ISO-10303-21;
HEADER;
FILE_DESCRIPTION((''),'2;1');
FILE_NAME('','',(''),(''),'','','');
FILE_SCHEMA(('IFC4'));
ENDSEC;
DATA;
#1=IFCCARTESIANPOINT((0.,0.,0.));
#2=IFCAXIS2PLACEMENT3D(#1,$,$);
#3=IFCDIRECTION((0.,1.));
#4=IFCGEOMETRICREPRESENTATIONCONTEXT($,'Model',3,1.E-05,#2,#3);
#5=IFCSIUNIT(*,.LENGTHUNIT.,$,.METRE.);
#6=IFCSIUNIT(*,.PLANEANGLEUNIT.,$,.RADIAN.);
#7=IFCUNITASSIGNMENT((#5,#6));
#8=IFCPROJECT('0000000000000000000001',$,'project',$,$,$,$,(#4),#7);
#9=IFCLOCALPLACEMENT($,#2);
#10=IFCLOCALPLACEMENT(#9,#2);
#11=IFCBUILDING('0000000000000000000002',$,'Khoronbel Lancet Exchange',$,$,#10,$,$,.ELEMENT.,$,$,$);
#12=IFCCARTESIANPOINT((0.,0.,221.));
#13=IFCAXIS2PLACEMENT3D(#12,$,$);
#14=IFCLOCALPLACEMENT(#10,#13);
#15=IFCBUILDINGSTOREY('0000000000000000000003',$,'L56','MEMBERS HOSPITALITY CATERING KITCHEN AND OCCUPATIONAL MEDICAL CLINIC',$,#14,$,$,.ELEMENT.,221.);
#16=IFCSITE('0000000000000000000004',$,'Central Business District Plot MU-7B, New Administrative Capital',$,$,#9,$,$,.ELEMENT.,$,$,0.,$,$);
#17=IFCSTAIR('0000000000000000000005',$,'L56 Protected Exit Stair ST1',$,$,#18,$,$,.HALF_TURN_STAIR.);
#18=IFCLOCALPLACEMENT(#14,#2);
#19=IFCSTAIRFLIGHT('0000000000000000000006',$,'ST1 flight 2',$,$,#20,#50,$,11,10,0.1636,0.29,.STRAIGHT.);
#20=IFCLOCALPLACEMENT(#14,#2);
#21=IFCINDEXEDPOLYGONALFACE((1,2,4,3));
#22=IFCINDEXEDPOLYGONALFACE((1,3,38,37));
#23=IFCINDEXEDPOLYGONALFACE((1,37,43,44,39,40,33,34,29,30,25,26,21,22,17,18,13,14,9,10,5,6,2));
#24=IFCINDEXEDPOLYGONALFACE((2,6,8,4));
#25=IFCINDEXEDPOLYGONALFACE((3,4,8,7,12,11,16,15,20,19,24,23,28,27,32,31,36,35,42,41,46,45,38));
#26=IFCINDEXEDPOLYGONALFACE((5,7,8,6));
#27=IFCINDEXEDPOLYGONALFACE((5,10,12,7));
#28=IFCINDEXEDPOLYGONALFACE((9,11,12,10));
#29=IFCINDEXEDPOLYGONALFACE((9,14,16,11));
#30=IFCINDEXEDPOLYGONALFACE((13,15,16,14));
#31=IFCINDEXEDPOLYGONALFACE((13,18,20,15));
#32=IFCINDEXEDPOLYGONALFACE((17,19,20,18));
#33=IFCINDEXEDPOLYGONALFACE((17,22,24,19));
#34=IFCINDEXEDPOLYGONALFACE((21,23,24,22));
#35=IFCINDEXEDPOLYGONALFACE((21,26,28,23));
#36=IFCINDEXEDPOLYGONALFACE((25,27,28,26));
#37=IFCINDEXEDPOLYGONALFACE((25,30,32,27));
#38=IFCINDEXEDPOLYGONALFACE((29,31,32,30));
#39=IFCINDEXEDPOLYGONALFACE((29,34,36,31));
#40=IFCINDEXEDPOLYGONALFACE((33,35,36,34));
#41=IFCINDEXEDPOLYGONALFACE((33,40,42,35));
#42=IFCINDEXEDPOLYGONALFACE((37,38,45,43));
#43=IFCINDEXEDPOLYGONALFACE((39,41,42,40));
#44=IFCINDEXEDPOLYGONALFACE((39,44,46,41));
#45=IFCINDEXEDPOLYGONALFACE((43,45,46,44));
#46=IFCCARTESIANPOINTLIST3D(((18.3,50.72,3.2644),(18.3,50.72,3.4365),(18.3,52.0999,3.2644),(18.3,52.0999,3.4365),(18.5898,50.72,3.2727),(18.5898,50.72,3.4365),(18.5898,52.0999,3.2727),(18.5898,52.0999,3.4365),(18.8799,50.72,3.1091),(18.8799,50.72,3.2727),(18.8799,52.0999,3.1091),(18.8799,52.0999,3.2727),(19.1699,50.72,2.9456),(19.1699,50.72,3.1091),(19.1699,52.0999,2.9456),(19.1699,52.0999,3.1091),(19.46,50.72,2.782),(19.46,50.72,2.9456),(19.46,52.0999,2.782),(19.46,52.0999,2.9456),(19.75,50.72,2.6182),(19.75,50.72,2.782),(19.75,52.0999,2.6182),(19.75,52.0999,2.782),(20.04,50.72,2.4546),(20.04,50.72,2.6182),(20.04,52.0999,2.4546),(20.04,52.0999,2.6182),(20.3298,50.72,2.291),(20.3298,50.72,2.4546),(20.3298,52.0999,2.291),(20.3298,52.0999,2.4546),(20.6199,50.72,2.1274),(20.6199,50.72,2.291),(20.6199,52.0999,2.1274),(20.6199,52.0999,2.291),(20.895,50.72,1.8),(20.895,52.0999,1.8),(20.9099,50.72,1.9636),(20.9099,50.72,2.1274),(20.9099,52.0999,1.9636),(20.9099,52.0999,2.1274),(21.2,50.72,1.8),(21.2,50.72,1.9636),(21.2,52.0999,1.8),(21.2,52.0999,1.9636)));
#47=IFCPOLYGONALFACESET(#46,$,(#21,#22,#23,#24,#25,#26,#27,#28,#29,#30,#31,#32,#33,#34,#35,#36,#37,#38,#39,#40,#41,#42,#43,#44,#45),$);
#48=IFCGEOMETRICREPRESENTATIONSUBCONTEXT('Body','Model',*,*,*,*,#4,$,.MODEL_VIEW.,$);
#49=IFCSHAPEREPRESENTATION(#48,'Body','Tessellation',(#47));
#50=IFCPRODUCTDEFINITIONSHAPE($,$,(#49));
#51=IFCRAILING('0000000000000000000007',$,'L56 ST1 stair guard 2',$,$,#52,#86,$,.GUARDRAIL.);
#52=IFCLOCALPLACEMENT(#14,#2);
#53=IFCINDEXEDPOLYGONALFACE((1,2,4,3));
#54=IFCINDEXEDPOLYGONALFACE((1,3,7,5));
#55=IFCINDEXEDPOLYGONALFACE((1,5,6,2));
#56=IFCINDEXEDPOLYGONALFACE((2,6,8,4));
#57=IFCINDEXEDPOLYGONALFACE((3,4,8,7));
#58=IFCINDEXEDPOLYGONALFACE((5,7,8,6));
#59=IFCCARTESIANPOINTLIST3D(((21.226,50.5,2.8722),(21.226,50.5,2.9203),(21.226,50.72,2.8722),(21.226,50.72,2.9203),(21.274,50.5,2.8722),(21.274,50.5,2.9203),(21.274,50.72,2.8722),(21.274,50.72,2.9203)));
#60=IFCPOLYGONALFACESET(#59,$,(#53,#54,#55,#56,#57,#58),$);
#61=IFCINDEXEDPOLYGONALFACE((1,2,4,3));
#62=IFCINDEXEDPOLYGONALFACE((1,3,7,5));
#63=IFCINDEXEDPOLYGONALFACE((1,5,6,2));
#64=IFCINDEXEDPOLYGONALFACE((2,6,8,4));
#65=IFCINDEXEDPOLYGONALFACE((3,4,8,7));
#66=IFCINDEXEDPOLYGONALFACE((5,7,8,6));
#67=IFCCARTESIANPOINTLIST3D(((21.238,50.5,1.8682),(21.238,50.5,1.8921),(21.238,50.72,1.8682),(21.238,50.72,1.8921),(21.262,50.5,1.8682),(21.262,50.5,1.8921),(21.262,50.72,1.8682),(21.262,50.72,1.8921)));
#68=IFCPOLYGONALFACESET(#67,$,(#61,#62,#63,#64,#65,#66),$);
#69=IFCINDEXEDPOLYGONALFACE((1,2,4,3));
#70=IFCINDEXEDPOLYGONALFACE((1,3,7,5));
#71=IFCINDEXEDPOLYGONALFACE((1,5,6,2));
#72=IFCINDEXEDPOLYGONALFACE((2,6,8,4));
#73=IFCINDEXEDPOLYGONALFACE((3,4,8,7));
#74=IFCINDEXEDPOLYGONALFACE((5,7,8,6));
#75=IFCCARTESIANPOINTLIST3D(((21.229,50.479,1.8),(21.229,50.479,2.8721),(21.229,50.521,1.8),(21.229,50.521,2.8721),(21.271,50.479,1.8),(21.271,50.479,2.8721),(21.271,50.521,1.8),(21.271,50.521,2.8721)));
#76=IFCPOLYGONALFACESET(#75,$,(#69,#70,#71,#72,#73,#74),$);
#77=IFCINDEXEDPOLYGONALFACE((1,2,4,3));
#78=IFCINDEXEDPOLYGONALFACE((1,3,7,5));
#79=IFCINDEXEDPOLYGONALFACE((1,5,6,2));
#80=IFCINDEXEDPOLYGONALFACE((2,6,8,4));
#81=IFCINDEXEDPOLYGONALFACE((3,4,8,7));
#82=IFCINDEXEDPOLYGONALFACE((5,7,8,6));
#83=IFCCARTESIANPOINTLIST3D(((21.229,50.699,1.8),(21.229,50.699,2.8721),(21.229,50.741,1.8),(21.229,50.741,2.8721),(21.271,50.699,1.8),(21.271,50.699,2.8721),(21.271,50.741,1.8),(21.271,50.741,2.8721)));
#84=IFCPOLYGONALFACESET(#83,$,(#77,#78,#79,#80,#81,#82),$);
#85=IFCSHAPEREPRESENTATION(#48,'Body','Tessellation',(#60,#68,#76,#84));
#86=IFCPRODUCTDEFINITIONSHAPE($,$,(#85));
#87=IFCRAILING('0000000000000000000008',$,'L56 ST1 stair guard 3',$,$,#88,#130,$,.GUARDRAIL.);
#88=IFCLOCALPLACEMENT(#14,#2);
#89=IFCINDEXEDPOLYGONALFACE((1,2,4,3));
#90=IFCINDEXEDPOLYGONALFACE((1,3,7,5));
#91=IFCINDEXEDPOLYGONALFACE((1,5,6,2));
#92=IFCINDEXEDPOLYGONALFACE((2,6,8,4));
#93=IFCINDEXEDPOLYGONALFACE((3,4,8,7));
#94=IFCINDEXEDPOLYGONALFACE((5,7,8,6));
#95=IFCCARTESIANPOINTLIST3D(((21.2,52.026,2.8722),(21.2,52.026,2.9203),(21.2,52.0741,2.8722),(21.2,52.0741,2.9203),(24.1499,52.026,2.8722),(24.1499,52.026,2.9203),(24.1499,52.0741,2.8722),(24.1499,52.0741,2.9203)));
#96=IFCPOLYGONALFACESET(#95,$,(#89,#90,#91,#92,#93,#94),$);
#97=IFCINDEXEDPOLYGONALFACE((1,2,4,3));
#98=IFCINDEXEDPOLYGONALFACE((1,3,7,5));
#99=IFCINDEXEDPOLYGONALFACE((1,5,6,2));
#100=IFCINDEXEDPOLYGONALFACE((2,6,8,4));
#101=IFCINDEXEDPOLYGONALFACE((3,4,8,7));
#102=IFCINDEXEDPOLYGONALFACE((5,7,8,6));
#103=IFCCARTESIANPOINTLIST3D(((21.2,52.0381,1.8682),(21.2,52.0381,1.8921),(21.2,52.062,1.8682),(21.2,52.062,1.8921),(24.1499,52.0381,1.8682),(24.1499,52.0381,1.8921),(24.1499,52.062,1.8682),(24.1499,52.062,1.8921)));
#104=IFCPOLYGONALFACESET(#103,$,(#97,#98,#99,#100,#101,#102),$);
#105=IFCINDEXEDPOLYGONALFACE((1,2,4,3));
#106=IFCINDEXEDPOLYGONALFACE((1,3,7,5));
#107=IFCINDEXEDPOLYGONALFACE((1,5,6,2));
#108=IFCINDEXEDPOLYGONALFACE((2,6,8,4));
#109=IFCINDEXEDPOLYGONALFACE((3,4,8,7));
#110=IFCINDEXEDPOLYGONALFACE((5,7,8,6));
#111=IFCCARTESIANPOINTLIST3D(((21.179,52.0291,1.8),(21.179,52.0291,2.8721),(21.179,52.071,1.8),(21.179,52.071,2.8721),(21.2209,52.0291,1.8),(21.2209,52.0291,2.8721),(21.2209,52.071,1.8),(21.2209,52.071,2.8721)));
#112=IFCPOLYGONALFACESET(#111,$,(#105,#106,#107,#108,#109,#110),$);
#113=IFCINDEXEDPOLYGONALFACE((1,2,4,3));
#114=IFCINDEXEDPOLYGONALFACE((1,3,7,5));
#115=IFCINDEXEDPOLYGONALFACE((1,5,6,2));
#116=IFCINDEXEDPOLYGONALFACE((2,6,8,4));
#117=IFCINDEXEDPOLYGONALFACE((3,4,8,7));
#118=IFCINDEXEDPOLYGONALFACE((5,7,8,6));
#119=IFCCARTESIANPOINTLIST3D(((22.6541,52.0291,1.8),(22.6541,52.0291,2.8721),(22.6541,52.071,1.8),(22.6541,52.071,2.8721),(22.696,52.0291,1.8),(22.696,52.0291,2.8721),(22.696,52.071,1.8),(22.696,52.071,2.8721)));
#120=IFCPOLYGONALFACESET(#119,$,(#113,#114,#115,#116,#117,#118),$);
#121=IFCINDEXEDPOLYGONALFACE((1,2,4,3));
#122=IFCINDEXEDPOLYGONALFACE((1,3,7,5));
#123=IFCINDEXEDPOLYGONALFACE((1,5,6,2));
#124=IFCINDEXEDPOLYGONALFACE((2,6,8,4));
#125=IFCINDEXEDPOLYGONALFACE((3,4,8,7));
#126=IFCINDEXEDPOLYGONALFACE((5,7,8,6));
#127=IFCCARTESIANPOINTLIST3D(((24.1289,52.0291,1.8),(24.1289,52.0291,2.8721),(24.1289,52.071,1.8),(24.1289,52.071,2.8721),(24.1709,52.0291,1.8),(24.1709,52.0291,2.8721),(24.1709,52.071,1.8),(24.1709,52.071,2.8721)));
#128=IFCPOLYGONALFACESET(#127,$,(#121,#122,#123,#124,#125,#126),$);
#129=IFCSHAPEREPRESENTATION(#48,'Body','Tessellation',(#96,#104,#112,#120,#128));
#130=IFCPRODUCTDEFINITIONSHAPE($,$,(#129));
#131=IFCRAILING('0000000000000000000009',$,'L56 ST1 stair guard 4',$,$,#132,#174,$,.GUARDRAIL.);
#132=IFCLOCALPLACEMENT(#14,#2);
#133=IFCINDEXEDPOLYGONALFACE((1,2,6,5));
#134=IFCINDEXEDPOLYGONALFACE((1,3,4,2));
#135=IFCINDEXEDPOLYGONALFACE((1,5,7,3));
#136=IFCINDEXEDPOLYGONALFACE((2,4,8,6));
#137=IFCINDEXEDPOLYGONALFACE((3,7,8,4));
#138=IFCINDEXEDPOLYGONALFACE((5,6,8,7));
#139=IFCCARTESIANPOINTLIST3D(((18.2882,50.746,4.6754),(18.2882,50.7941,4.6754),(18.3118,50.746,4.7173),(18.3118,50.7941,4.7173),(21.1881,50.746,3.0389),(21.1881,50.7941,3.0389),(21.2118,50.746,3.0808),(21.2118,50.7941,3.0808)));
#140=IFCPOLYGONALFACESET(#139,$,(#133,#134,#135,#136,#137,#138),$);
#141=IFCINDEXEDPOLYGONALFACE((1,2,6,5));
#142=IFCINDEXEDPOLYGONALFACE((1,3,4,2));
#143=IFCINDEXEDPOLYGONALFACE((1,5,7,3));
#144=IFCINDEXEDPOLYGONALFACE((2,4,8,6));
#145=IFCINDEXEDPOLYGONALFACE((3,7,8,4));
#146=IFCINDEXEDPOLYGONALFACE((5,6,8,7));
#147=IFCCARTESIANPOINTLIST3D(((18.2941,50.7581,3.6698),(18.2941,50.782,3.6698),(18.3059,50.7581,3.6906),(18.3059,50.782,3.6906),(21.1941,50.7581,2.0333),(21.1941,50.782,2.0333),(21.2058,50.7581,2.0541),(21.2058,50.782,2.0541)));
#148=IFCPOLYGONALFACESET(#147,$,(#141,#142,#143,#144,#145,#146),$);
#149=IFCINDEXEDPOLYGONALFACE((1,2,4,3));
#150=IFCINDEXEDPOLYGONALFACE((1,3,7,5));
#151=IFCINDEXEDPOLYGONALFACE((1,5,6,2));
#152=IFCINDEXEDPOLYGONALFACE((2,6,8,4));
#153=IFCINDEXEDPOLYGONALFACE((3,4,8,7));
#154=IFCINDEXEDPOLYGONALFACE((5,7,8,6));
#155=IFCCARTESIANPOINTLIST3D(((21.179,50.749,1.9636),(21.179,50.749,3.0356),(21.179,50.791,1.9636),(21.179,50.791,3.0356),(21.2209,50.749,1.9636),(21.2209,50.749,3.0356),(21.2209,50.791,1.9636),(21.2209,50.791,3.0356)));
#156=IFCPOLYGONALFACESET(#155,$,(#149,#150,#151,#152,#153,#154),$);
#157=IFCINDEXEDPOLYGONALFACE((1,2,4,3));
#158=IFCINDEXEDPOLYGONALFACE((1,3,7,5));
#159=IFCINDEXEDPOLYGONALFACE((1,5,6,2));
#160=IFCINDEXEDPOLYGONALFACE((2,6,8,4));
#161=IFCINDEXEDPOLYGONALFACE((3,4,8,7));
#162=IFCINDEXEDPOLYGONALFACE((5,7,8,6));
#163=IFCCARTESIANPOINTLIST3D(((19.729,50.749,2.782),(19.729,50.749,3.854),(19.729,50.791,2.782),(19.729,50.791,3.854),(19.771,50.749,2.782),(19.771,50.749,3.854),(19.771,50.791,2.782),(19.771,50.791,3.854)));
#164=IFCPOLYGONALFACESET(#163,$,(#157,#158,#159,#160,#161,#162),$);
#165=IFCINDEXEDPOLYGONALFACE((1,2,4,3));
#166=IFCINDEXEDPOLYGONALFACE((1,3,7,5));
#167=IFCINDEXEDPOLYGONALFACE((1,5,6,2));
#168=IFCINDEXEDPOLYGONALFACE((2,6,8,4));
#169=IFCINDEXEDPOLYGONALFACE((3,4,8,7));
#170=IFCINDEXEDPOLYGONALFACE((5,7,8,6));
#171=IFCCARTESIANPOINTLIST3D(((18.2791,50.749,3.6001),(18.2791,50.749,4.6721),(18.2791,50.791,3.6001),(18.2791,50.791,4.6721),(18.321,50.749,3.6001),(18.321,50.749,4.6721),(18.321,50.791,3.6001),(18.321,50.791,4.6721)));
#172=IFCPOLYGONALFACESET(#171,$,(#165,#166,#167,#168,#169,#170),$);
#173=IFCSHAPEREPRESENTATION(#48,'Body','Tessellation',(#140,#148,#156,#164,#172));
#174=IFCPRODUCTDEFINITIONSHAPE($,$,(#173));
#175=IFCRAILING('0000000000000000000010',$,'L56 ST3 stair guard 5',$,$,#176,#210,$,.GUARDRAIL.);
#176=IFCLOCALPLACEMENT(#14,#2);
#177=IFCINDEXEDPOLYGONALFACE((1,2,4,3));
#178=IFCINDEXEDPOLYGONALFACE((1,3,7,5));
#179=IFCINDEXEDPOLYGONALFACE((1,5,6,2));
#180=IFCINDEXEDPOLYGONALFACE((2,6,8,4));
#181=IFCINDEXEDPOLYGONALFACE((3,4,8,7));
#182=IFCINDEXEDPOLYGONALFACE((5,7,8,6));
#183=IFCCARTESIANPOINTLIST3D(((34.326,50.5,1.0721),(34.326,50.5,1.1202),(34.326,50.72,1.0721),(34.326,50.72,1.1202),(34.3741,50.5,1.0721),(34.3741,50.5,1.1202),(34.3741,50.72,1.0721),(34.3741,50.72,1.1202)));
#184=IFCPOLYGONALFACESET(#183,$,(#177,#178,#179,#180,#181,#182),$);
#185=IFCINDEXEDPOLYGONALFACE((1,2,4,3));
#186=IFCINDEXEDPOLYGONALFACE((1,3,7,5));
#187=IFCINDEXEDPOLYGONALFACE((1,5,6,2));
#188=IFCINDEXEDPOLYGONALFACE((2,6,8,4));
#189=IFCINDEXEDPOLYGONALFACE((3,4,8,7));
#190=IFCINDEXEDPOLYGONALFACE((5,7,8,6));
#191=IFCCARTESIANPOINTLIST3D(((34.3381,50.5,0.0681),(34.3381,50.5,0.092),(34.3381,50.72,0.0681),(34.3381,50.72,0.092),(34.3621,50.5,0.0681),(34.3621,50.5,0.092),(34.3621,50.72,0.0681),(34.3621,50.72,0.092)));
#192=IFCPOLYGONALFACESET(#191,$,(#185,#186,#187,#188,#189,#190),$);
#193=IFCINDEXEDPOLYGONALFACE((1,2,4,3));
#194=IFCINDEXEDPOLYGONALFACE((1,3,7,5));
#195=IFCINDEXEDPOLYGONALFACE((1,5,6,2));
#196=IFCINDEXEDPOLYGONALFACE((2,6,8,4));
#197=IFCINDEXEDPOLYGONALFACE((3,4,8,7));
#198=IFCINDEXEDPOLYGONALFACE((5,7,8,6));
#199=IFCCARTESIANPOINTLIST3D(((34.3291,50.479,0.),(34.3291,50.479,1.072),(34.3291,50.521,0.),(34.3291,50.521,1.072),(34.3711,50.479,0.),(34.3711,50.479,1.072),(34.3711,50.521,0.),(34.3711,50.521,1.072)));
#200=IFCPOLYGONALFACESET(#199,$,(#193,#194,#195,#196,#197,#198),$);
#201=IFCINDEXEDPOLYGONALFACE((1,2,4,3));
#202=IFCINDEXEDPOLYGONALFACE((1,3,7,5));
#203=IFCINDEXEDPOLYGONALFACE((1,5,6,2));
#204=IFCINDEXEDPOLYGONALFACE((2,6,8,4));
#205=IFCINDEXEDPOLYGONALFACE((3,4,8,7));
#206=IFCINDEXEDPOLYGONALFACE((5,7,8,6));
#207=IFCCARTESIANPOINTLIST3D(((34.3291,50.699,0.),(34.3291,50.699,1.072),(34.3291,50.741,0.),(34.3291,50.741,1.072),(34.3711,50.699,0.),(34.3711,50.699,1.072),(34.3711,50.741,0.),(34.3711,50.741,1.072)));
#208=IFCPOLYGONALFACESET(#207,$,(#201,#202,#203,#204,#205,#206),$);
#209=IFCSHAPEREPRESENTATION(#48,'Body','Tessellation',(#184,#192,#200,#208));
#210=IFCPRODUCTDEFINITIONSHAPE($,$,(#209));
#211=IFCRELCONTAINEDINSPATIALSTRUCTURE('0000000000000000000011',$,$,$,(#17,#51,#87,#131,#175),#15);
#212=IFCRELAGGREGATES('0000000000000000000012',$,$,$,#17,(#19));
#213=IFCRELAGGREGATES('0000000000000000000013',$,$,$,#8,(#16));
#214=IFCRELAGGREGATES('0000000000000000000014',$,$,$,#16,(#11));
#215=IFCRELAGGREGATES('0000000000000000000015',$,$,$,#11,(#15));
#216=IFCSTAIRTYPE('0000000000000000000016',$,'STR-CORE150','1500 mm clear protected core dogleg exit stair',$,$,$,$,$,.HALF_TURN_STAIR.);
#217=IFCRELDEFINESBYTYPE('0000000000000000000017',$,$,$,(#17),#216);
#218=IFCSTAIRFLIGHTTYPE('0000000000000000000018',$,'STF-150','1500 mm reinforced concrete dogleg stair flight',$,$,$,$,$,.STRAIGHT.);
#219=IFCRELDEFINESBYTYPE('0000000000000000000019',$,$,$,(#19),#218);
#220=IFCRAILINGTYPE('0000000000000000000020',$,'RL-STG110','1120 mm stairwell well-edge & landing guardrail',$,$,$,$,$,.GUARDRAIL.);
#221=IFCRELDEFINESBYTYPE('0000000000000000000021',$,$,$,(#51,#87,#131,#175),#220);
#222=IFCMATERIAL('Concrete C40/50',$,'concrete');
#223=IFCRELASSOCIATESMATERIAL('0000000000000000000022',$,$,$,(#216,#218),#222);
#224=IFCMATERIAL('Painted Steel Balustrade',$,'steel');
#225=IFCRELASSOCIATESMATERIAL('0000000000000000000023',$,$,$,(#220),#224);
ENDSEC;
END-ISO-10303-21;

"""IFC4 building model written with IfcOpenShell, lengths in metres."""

from ifc_helpers import new_model, si_unit, direction, frame, origin, origin_2d, place, context, subcontext, project, spatial, polyline, rectangle, outline, extrude, material, type_object, element, aggregate, save


model = new_model("IFC4")

# Units and contexts
model_context = context("Model", 3, precision=1e-05, world=origin(), true_north=direction((0.0, 1.0)))
body_context = subcontext(model_context, "Body", "Model", "MODEL_VIEW")
ifc_project = project(units=[si_unit("LENGTHUNIT", "METRE"), si_unit("PLANEANGLEUNIT", "RADIAN")], contexts=[model_context])

# Site, building, storey
site_placement = place(None, origin())
site = spatial("IfcSite", under=ifc_project, at=site_placement, Name="Central Business District Plot MU-7B, New Administrative Capital", CompositionType="ELEMENT", RefElevation=0.0)
building_placement = place(site_placement, origin())
building = spatial("IfcBuilding", under=site, at=building_placement, Name="Khoronbel Lancet Exchange", CompositionType="ELEMENT")
storey_placement = place(building_placement, frame((0.0, 0.0, 221.0)))
storey = spatial("IfcBuildingStorey", under=building, at=storey_placement, Name="L56", Description="MEMBERS HOSPITALITY CATERING KITCHEN AND OCCUPATIONAL MEDICAL CLINIC", CompositionType="ELEMENT", Elevation=221.0)

# Stair, stair flight
ifc_material_1 = material(Name="Concrete C40/50", Category="concrete")
stair_type = type_object("IfcStairType", Name="STR-CORE150", Description="1500 mm clear protected core dogleg exit stair", PredefinedType="HALF_TURN_STAIR", material=ifc_material_1)
stair_placement = place(storey_placement, origin())
stair = element("IfcStair", 1, at=stair_placement, inside=storey, type_object=stair_type, Name="L56 Protected Exit Stair ST1", PredefinedType="HALF_TURN_STAIR")
stair_flight_type = type_object("IfcStairFlightType", Name="STF-150", Description="1500 mm reinforced concrete dogleg stair flight", PredefinedType="STRAIGHT", material=ifc_material_1)
stair_flight_placement = place(storey_placement, frame((21.2, 51.4099, 1.8), z_axis=(0.0, 0.0, 1.0), x_axis=(-1.0, 0.0, 0.0)))
stair_flight = element("IfcStairFlight", 2, at=stair_flight_placement, type_object=stair_flight_type, Name="ST1 flight 2", NumberOfRisers=11, NumberOfTreads=10, PredefinedType="STRAIGHT", RiserHeight=0.1636, TreadLength=0.29, context=body_context, shape_type="SweptSolid", body=[
    extrude(outline(polyline([(0.0, 0.0), (0.0, 0.1636), (0.29, 0.1636), (0.29, 0.3274), (0.5801, 0.3274), (0.5801, 0.491), (0.8701, 0.491), (0.8701, 0.6545), (1.1599, 0.6545), (1.1599, 0.8181), (1.45, 0.8181), (1.45, 0.9819), (1.74, 0.9819), (1.74, 1.1455), (2.03, 1.1455), (2.03, 1.3091), (2.3201, 1.3091), (2.3201, 1.4727), (2.6101, 1.4727), (2.6101, 1.6365), (2.8999, 1.6365), (2.8999, 1.8), (2.8999, 1.4644), (0.3049, 0.0), (0.0, 0.0)])), frame((0.0, 0.6899, 0.0), z_axis=(0.0, -1.0, 0.0), x_axis=(1.0, 0.0, 0.0)), (0.0, 0.0, 1.0), 1.3799),
])
aggregate(stair, [stair_flight])

# Railings
ifc_material_2 = material(Name="Painted Steel Balustrade", Category="steel")
railing_type_1 = type_object("IfcRailingType", Name="RL-STG110", Description="1120 mm stairwell well-edge & landing guardrail", PredefinedType="GUARDRAIL", material=ifc_material_2)
railing_1_placement = place(storey_placement, frame((21.25, 50.5, 1.8)))
element("IfcRailing", 3, at=railing_1_placement, inside=storey, type_object=railing_type_1, Name="L56 ST1 stair guard 2", PredefinedType="GUARDRAIL", context=body_context, shape_type="SweptSolid", body=[
    extrude(rectangle(XDim=0.0481, YDim=0.0481, at=origin_2d()), frame((0.0, 0.0, 1.0962), z_axis=(0.0, 1.0, 0.0), x_axis=(-1.0, 0.0, 0.0)), (0.0, 0.0, 1.0), 0.22),
    extrude(rectangle(XDim=0.0239, YDim=0.0239, at=origin_2d()), frame((0.0, 0.0, 0.0801), z_axis=(0.0, 1.0, 0.0), x_axis=(-1.0, 0.0, 0.0)), (0.0, 0.0, 1.0), 0.22),
    extrude(rectangle(XDim=0.042, YDim=0.042, at=origin_2d()), origin(), (0.0, 0.0, 1.0), 1.072),
    extrude(rectangle(XDim=0.042, YDim=0.042, at=origin_2d()), frame((0.0, 0.22, 0.0)), (0.0, 0.0, 1.0), 1.072),
])
railing_2_placement = place(storey_placement, frame((21.2, 52.05, 1.8)))
element("IfcRailing", 4, at=railing_2_placement, inside=storey, type_object=railing_type_1, Name="L56 ST1 stair guard 3", PredefinedType="GUARDRAIL", context=body_context, shape_type="SweptSolid", body=[
    extrude(rectangle(XDim=0.0481, YDim=0.0481, at=origin_2d()), frame((0.0, 0.0, 1.0962), z_axis=(1.0, 0.0, 0.0), x_axis=(0.0, 1.0, 0.0)), (0.0, 0.0, 1.0), 2.95),
    extrude(rectangle(XDim=0.0239, YDim=0.0239, at=origin_2d()), frame((0.0, 0.0, 0.0801), z_axis=(1.0, 0.0, 0.0), x_axis=(0.0, 1.0, 0.0)), (0.0, 0.0, 1.0), 2.95),
    extrude(rectangle(XDim=0.042, YDim=0.042, at=origin_2d()), origin(), (0.0, 0.0, 1.0), 1.072),
    extrude(rectangle(XDim=0.042, YDim=0.042, at=origin_2d()), frame((1.4751, 0.0, 0.0)), (0.0, 0.0, 1.0), 1.072),
    extrude(rectangle(XDim=0.042, YDim=0.042, at=origin_2d()), frame((2.95, 0.0, 0.0)), (0.0, 0.0, 1.0), 1.072),
])
railing_3_placement = place(storey_placement, frame((21.2, 50.77, 1.9636)))
element("IfcRailing", 5, at=railing_3_placement, inside=storey, type_object=railing_type_1, Name="L56 ST1 stair guard 4", PredefinedType="GUARDRAIL", context=body_context, shape_type="SweptSolid", body=[
    extrude(rectangle(XDim=0.0481, YDim=0.0481, at=origin_2d()), frame((0.0, 0.0, 1.0962), z_axis=(-0.870897, 0.0, 0.491465), x_axis=(0.0, -1.0, 0.0)), (0.0, 0.0, 1.0), 3.3298),
    extrude(rectangle(XDim=0.0239, YDim=0.0239, at=origin_2d()), frame((0.0, 0.0, 0.0801), z_axis=(-0.870897, 0.0, 0.491465), x_axis=(0.0, -1.0, 0.0)), (0.0, 0.0, 1.0), 3.3298),
    extrude(rectangle(XDim=0.042, YDim=0.042, at=origin_2d()), origin(), (0.0, 0.0, 1.0), 1.072),
    extrude(rectangle(XDim=0.042, YDim=0.042, at=origin_2d()), frame((-1.45, 0.0, 0.8184)), (0.0, 0.0, 1.0), 1.072),
    extrude(rectangle(XDim=0.042, YDim=0.042, at=origin_2d()), frame((-2.8999, 0.0, 1.6365)), (0.0, 0.0, 1.0), 1.072),
])
railing_4_placement = place(storey_placement, frame((34.3501, 50.5, 0.0)))
element("IfcRailing", 6, at=railing_4_placement, inside=storey, type_object=railing_type_1, Name="L56 ST3 stair guard 5", PredefinedType="GUARDRAIL", context=body_context, shape_type="SweptSolid", body=[
    extrude(rectangle(XDim=0.0481, YDim=0.0481, at=origin_2d()), frame((0.0, 0.0, 1.0962), z_axis=(0.0, 1.0, 0.0), x_axis=(-1.0, 0.0, 0.0)), (0.0, 0.0, 1.0), 0.22),
    extrude(rectangle(XDim=0.0239, YDim=0.0239, at=origin_2d()), frame((0.0, 0.0, 0.0801), z_axis=(0.0, 1.0, 0.0), x_axis=(-1.0, 0.0, 0.0)), (0.0, 0.0, 1.0), 0.22),
    extrude(rectangle(XDim=0.042, YDim=0.042, at=origin_2d()), origin(), (0.0, 0.0, 1.0), 1.072),
    extrude(rectangle(XDim=0.042, YDim=0.042, at=origin_2d()), frame((0.0, 0.22, 0.0)), (0.0, 0.0, 1.0), 1.072),
])

save(model, "model.ifc")
